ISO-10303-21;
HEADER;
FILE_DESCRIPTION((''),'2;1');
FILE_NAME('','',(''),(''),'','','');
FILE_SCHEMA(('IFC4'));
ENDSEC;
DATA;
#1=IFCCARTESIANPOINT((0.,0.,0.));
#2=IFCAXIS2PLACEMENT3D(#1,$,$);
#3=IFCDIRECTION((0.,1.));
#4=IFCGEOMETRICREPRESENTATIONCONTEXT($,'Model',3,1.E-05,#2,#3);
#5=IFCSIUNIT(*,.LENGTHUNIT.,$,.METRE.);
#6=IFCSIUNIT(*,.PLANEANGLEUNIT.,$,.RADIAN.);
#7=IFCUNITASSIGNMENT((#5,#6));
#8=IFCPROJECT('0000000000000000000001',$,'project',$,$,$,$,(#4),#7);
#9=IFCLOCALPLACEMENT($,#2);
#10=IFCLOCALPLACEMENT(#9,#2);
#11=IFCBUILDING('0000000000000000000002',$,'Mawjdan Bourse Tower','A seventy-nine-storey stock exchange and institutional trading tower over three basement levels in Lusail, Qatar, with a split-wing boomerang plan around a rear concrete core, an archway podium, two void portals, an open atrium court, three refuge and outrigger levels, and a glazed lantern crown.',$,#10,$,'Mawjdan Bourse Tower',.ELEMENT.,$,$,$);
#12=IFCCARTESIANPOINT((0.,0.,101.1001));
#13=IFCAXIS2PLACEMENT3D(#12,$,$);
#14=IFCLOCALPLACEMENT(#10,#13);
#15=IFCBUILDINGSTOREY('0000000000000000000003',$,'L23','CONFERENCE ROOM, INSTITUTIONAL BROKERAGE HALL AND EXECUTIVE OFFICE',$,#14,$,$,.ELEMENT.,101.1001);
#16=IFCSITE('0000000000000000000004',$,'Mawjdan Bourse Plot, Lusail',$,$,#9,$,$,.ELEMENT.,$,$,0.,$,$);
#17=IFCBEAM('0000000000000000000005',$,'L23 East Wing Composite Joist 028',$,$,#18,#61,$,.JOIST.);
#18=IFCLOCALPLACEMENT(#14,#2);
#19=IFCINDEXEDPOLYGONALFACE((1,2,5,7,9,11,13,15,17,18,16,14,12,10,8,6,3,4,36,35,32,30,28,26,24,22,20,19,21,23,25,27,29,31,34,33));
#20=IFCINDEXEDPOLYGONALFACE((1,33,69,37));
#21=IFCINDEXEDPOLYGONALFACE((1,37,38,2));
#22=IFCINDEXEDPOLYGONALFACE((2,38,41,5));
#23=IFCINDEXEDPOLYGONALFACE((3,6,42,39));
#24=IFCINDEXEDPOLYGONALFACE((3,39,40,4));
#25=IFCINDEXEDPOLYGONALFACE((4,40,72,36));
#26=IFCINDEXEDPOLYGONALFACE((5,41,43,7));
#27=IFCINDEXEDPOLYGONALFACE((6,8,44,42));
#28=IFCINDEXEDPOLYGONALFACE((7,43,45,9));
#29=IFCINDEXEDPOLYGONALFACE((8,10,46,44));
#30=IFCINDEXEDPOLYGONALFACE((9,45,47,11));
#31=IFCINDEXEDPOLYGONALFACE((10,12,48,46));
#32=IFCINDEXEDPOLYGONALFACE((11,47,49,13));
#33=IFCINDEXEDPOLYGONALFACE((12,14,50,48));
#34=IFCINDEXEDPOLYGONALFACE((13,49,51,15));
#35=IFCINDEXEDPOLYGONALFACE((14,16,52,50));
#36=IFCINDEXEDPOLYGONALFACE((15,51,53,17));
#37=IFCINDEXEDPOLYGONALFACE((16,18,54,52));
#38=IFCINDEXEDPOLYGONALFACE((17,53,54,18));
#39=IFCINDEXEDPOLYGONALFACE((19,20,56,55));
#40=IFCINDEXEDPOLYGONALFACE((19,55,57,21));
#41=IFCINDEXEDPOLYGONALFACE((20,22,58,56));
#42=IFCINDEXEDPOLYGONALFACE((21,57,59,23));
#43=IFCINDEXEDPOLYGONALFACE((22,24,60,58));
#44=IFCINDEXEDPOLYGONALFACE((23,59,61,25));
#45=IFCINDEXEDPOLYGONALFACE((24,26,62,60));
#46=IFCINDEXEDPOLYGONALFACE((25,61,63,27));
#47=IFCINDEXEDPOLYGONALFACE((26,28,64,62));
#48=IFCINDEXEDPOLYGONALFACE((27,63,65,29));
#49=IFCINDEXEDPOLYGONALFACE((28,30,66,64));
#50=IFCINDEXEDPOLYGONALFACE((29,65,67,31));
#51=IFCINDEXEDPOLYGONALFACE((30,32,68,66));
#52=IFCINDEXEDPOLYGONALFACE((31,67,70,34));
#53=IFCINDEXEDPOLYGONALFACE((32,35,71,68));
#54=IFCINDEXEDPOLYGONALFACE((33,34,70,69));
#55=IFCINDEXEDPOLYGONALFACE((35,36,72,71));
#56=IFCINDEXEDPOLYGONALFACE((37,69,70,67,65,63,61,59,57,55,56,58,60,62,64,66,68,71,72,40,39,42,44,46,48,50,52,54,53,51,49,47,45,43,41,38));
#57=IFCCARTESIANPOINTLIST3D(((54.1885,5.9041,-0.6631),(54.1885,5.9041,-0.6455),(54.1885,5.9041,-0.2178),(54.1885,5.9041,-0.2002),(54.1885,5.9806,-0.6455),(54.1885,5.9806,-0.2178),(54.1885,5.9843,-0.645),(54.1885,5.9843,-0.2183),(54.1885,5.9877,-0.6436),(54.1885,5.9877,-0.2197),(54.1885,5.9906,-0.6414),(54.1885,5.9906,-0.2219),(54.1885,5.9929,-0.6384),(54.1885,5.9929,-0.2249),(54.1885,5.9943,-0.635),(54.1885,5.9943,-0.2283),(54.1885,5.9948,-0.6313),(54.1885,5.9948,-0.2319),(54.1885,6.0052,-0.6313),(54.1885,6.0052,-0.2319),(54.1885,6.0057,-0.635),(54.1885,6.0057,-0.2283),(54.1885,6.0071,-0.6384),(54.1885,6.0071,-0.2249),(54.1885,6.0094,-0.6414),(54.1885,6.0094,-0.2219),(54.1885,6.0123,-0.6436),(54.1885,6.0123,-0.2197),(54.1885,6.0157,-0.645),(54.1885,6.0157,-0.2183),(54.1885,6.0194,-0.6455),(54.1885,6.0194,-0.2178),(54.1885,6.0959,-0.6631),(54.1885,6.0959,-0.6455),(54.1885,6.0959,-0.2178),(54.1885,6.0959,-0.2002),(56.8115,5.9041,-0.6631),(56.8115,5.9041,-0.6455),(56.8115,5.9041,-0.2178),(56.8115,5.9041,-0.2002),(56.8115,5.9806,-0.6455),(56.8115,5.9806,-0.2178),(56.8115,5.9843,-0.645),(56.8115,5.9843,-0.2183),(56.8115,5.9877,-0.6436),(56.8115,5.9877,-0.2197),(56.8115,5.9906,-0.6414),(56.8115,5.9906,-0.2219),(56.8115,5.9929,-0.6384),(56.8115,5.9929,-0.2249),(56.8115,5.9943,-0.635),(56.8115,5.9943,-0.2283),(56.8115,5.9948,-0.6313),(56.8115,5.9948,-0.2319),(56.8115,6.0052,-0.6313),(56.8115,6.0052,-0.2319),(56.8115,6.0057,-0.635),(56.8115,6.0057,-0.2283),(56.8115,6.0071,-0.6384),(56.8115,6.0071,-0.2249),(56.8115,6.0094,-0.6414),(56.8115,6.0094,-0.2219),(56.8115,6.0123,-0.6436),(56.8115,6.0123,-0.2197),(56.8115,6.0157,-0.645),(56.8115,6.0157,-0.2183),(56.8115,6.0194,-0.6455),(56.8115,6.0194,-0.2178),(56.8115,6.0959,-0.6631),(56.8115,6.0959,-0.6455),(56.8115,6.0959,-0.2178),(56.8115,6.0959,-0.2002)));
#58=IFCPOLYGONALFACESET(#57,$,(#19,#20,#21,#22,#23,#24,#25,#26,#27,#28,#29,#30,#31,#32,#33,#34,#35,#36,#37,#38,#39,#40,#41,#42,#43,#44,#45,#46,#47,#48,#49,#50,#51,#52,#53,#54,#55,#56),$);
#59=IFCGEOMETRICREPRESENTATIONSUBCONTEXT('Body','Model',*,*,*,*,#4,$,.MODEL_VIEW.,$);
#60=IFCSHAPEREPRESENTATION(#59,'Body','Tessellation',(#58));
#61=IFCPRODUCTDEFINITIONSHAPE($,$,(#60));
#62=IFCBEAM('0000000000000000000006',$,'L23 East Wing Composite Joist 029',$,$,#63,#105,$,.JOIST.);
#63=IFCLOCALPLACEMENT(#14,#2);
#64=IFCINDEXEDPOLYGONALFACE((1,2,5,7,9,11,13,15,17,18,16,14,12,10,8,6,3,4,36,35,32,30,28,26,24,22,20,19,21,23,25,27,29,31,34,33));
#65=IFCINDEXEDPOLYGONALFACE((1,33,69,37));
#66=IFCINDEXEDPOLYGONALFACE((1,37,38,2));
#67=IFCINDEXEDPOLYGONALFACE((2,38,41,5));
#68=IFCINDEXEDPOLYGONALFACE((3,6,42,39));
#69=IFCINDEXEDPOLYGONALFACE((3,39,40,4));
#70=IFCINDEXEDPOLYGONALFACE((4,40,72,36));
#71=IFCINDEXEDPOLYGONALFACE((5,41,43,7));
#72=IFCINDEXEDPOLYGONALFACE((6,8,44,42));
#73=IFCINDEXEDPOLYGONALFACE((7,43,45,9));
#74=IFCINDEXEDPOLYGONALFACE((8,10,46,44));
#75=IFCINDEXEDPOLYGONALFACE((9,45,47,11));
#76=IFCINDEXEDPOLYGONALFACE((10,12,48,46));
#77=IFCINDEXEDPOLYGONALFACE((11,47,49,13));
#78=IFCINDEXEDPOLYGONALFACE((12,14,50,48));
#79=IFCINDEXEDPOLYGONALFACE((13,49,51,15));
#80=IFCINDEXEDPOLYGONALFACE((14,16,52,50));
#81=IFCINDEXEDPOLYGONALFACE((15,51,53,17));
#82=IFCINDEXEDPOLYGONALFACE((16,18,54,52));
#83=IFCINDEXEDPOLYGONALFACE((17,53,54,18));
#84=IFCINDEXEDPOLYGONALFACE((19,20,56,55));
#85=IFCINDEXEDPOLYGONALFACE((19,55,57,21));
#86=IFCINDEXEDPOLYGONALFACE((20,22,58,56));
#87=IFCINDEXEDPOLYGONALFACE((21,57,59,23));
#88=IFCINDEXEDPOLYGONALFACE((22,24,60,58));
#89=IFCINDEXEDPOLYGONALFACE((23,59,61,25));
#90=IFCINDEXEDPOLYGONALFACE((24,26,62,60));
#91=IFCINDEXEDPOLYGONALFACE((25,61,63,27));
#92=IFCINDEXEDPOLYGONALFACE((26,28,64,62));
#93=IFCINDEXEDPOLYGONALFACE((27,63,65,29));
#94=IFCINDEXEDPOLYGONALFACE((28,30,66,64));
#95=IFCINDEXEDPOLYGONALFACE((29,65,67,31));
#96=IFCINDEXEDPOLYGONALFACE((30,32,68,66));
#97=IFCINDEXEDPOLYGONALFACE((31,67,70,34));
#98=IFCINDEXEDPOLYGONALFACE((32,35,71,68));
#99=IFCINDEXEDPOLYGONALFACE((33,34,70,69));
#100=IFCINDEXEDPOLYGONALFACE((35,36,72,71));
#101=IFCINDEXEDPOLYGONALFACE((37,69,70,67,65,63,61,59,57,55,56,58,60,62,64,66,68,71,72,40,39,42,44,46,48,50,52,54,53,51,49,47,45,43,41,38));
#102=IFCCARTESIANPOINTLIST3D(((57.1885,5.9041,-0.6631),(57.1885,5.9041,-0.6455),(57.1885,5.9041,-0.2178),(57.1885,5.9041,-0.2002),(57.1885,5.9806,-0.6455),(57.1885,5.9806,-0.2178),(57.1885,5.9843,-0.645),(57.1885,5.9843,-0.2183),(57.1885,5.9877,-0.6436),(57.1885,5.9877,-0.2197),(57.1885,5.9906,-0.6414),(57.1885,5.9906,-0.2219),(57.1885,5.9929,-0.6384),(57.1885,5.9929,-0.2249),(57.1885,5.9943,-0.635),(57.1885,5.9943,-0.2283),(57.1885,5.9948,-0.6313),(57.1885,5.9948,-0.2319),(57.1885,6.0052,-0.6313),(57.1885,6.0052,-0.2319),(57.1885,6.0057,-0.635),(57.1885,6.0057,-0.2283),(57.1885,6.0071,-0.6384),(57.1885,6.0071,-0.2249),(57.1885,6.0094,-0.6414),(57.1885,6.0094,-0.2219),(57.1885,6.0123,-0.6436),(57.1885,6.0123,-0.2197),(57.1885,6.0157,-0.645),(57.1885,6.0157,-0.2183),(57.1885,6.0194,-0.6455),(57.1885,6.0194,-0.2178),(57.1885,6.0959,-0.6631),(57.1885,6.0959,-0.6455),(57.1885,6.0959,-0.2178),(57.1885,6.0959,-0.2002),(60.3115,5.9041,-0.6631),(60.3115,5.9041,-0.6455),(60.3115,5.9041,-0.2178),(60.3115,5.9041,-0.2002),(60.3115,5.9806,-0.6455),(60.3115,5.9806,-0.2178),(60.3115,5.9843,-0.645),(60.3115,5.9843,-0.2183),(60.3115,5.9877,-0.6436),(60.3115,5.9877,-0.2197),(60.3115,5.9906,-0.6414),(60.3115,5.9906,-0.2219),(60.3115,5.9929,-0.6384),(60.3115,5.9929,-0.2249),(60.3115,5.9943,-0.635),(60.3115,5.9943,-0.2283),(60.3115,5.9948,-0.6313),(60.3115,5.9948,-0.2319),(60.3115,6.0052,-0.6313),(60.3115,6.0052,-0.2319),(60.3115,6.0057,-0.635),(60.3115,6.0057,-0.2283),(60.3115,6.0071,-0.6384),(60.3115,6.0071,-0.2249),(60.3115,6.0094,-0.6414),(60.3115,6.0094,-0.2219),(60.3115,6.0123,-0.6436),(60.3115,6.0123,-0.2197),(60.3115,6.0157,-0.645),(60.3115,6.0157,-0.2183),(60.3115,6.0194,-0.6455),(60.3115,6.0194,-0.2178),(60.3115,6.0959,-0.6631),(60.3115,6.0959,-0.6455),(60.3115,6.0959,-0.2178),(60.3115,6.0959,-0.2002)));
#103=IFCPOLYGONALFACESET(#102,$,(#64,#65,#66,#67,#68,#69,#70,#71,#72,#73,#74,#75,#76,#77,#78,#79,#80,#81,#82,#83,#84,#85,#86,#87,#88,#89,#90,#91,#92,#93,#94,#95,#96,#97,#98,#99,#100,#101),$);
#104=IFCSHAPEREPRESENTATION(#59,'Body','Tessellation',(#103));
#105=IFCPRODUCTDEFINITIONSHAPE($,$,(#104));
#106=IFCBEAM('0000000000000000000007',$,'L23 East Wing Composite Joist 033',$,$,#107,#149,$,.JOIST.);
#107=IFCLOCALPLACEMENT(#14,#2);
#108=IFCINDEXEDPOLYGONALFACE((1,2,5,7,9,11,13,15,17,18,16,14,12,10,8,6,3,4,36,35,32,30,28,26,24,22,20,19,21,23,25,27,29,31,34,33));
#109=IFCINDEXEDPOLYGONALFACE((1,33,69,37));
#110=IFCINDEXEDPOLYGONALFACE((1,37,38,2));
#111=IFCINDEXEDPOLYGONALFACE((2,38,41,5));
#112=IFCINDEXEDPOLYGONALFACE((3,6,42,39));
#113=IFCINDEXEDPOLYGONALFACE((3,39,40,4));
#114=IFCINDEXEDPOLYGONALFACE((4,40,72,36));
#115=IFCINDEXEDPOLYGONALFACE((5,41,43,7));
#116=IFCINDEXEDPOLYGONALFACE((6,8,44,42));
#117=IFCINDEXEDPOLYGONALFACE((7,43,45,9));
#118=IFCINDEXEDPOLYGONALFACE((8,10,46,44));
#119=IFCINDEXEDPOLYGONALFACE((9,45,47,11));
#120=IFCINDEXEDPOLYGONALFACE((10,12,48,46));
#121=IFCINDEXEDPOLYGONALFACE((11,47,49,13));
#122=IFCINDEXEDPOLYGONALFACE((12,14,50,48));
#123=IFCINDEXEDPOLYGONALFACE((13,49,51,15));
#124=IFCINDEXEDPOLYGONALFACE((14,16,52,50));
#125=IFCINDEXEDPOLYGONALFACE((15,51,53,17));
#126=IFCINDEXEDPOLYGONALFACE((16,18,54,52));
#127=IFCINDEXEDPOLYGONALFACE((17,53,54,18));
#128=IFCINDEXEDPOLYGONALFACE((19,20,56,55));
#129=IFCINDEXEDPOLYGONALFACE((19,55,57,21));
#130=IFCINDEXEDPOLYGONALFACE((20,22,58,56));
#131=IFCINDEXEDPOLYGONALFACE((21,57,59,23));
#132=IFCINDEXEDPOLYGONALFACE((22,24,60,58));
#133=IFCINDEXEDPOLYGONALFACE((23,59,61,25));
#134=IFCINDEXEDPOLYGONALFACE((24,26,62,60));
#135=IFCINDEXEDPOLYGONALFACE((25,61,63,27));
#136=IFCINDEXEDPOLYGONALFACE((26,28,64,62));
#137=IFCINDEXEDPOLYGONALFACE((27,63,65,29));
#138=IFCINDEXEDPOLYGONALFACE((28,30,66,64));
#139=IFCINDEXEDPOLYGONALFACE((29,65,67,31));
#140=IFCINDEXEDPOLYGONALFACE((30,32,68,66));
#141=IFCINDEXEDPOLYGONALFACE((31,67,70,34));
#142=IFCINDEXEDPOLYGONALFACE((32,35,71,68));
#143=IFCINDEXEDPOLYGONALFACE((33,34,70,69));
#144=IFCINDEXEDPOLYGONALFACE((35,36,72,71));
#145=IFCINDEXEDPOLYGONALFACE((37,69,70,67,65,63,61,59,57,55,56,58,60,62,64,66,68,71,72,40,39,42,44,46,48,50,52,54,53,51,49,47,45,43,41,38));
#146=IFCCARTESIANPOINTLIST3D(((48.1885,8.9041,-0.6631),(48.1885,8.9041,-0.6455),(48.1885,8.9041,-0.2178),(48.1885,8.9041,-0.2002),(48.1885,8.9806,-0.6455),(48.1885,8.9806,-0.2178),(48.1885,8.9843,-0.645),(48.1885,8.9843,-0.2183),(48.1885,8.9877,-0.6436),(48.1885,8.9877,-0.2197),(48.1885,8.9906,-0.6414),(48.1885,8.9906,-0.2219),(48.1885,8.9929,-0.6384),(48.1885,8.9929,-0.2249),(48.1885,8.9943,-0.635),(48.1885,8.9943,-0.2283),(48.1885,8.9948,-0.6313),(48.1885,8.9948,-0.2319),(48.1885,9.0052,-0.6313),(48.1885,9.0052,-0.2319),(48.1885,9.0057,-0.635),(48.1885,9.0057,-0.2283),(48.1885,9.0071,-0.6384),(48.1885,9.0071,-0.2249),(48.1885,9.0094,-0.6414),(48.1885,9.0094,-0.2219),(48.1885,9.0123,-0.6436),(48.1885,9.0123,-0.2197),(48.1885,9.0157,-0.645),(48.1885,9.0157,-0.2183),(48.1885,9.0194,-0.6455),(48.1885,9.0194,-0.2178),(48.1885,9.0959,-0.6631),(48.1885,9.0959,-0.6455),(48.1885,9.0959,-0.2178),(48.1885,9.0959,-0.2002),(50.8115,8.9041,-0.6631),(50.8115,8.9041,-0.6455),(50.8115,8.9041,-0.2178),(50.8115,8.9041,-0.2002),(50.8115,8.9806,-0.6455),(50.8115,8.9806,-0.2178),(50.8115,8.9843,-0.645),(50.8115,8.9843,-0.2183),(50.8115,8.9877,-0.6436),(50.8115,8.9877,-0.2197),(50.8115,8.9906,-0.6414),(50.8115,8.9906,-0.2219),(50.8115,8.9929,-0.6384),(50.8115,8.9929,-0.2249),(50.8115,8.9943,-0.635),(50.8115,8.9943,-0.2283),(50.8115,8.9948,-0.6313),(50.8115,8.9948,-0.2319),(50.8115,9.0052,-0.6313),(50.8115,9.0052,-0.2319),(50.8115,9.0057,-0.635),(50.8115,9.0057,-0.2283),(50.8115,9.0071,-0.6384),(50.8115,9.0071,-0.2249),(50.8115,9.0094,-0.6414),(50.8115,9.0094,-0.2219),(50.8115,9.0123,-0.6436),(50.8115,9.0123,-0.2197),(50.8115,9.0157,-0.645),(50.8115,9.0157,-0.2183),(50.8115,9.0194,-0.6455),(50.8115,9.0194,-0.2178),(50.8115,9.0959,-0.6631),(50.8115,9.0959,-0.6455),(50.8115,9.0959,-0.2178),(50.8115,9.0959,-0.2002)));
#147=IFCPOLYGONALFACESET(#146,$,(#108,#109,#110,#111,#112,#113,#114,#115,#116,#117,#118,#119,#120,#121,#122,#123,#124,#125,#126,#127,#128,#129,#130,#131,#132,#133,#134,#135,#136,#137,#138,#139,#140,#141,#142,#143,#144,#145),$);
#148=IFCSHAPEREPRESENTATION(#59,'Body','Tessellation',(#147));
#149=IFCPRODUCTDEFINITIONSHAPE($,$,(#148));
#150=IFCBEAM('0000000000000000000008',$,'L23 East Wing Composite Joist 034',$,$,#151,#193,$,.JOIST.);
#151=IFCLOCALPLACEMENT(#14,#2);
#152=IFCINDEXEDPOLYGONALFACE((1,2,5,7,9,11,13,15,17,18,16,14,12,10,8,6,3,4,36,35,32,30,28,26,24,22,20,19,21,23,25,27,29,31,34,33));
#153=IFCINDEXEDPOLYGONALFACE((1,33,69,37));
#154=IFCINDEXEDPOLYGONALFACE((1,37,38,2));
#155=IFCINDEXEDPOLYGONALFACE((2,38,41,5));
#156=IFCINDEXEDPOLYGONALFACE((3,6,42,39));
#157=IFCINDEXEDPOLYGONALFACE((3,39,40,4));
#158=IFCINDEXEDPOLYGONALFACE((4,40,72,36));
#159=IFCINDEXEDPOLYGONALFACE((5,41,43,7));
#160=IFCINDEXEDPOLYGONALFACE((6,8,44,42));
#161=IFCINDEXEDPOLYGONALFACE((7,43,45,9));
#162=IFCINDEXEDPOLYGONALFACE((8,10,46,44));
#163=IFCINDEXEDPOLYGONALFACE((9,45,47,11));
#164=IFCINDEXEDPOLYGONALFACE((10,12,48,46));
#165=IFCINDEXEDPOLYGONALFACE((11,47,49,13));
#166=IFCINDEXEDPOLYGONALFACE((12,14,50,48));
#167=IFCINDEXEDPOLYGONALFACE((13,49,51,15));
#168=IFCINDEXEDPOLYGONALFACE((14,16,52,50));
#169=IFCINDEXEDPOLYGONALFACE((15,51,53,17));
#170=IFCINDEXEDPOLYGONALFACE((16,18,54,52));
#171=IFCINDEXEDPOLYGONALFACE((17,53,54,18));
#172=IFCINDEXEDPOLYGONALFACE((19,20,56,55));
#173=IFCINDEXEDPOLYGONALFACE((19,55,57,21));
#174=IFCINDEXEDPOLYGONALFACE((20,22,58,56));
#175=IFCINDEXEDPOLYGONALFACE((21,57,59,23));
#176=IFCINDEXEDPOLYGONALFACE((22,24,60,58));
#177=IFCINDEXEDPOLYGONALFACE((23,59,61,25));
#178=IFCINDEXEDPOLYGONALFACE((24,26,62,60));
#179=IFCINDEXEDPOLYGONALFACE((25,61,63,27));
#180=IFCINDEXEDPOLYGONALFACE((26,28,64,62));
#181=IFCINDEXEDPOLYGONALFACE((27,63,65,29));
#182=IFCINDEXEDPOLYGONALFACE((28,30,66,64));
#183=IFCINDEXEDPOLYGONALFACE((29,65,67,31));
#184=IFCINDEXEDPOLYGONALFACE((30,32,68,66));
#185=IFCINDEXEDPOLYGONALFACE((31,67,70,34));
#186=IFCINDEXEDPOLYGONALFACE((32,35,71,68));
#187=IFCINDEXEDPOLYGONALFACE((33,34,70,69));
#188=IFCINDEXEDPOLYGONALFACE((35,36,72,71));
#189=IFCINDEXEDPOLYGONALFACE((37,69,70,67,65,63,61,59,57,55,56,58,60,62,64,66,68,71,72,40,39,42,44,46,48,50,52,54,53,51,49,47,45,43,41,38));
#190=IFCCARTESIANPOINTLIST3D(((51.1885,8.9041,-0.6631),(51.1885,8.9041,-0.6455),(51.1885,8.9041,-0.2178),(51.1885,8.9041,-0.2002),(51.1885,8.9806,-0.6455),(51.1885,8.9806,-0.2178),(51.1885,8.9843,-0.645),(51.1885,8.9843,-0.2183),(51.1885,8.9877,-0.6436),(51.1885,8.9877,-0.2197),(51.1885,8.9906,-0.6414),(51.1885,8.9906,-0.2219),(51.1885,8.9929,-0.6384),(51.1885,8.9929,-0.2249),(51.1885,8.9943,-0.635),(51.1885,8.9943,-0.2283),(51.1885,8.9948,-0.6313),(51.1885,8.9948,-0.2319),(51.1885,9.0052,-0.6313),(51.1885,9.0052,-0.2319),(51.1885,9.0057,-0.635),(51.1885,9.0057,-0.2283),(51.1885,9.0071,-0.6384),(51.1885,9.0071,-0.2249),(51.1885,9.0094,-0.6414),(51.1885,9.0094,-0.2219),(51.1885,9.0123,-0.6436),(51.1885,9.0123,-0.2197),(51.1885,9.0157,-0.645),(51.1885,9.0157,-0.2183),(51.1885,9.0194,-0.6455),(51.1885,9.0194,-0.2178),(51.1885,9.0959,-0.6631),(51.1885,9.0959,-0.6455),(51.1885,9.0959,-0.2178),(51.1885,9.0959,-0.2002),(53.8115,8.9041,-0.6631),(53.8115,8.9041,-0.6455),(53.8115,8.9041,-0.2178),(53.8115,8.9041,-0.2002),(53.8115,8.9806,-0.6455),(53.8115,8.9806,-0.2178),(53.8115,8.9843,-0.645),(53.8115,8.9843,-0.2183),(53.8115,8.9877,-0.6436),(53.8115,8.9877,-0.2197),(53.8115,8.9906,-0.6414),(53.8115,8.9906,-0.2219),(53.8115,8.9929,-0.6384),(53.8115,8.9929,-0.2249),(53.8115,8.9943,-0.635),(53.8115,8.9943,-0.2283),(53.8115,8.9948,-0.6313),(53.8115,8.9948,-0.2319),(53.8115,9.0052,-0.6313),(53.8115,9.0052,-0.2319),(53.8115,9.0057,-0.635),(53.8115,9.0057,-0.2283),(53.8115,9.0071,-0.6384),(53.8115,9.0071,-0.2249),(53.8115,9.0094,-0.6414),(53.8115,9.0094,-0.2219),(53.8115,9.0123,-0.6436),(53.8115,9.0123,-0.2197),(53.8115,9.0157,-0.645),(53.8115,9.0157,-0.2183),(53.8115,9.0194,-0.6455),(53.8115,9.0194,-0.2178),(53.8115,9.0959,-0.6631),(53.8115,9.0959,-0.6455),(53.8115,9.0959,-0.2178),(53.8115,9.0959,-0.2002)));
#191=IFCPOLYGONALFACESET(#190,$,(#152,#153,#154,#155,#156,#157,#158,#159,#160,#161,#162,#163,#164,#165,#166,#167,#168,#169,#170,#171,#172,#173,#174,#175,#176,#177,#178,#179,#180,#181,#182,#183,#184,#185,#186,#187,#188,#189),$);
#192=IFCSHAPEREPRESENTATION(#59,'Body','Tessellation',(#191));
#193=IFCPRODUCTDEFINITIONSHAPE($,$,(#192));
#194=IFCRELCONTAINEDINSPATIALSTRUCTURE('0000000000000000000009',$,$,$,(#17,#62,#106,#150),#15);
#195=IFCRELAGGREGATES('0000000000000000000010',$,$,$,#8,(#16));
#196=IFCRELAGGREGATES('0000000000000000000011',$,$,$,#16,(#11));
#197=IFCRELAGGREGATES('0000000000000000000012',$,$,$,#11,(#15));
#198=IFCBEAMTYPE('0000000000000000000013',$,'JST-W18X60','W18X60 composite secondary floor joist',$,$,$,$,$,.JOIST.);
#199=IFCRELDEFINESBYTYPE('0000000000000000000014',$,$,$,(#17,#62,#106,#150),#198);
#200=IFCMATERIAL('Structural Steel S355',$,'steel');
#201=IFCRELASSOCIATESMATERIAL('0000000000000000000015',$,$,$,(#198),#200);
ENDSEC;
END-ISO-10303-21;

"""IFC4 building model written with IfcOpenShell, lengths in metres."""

from ifc_helpers import new_model, si_unit, direction, frame, origin, origin_2d, place, context, subcontext, project, spatial, i_section, extrude, material, material_profile, profile_set, type_object, element, save


model = new_model("IFC4")

# Units and contexts
model_context = context("Model", 3, precision=1e-05, world=origin(), true_north=direction((0.0, 1.0)))
body_context = subcontext(model_context, "Body", "Model", "MODEL_VIEW")
ifc_project = project(units=[si_unit("LENGTHUNIT", "METRE"), si_unit("PLANEANGLEUNIT", "RADIAN")], contexts=[model_context])

# Site, building, storey
site_placement = place(None, origin())
site = spatial("IfcSite", under=ifc_project, at=site_placement, Name="Mawjdan Bourse Plot, Lusail", CompositionType="ELEMENT", RefElevation=0.0)
building_placement = place(site_placement, origin())
building = spatial("IfcBuilding", under=site, at=building_placement, Name="Mawjdan Bourse Tower", Description="A seventy-nine-storey stock exchange and institutional trading tower over three basement levels in Lusail, Qatar, with a split-wing boomerang plan around a rear concrete core, an archway podium, two void portals, an open atrium court, three refuge and outrigger levels, and a glazed lantern crown.", LongName="Mawjdan Bourse Tower", CompositionType="ELEMENT")
storey_placement = place(building_placement, frame((0.0, 0.0, 101.1001)))
storey = spatial("IfcBuildingStorey", under=building, at=storey_placement, Name="L23", Description="CONFERENCE ROOM, INSTITUTIONAL BROKERAGE HALL AND EXECUTIVE OFFICE", CompositionType="ELEMENT", Elevation=101.1001)

# Beams
ifc_material_1 = material(Name="Structural Steel S355", Category="steel")
ifc_material_profile_1 = material_profile(ifc_material_1, i_section(OverallWidth=0.1919, OverallDepth=0.4629, WebThickness=0.0105, FlangeThickness=0.0176, FilletRadius=0.0142, at=origin_2d()), Name="W18X60")
ifc_profile_set_1 = profile_set([ifc_material_profile_1], Name="Structural Steel S355")
beam_type_1 = type_object("IfcBeamType", Name="JST-W18X60", Description="W18X60 composite secondary floor joist", PredefinedType="JOIST", material=ifc_profile_set_1)
for number, where, z_axis, x_axis, name in (
    (1, (54.1885, 6.0, -0.4316), (1.0, 0.0, 0.0), (0.0, 1.0, 0.0), "L23 East Wing Composite Joist 028"),
):
    element("IfcBeam", number, at=place(storey_placement, frame(where, z_axis=z_axis, x_axis=x_axis)), inside=storey, type_object=beam_type_1, Name=name, PredefinedType="JOIST", context=body_context, shape_type="SweptSolid", body=[
        extrude(i_section(OverallWidth=0.1919, OverallDepth=0.4629, WebThickness=0.0105, FlangeThickness=0.0176, FilletRadius=0.0142, at=origin_2d()), origin(), (0.0, 0.0, 1.0), 2.623),
    ])
beam_1_placement = place(storey_placement, frame((57.1885, 6.0, -0.4316), z_axis=(1.0, 0.0, 0.0), x_axis=(0.0, 1.0, 0.0)))
element("IfcBeam", 2, at=beam_1_placement, inside=storey, type_object=beam_type_1, Name="L23 East Wing Composite Joist 029", PredefinedType="JOIST", context=body_context, shape_type="SweptSolid", body=[
    extrude(i_section(OverallWidth=0.1919, OverallDepth=0.4629, WebThickness=0.0105, FlangeThickness=0.0176, FilletRadius=0.0142, at=origin_2d()), origin(), (0.0, 0.0, 1.0), 3.123),
])
for number, where, z_axis, x_axis, name in (
    (3, (48.1885, 9.0, -0.4316), (1.0, 0.0, 0.0), (0.0, 1.0, 0.0), "L23 East Wing Composite Joist 033"),
    (4, (51.1885, 9.0, -0.4316), (1.0, 0.0, 0.0), (0.0, 1.0, 0.0), "L23 East Wing Composite Joist 034"),
):
    element("IfcBeam", number, at=place(storey_placement, frame(where, z_axis=z_axis, x_axis=x_axis)), inside=storey, type_object=beam_type_1, Name=name, PredefinedType="JOIST", context=body_context, shape_type="SweptSolid", body=[
        extrude(i_section(OverallWidth=0.1919, OverallDepth=0.4629, WebThickness=0.0105, FlangeThickness=0.0176, FilletRadius=0.0142, at=origin_2d()), origin(), (0.0, 0.0, 1.0), 2.623),
    ])

save(model, "model.ifc")
